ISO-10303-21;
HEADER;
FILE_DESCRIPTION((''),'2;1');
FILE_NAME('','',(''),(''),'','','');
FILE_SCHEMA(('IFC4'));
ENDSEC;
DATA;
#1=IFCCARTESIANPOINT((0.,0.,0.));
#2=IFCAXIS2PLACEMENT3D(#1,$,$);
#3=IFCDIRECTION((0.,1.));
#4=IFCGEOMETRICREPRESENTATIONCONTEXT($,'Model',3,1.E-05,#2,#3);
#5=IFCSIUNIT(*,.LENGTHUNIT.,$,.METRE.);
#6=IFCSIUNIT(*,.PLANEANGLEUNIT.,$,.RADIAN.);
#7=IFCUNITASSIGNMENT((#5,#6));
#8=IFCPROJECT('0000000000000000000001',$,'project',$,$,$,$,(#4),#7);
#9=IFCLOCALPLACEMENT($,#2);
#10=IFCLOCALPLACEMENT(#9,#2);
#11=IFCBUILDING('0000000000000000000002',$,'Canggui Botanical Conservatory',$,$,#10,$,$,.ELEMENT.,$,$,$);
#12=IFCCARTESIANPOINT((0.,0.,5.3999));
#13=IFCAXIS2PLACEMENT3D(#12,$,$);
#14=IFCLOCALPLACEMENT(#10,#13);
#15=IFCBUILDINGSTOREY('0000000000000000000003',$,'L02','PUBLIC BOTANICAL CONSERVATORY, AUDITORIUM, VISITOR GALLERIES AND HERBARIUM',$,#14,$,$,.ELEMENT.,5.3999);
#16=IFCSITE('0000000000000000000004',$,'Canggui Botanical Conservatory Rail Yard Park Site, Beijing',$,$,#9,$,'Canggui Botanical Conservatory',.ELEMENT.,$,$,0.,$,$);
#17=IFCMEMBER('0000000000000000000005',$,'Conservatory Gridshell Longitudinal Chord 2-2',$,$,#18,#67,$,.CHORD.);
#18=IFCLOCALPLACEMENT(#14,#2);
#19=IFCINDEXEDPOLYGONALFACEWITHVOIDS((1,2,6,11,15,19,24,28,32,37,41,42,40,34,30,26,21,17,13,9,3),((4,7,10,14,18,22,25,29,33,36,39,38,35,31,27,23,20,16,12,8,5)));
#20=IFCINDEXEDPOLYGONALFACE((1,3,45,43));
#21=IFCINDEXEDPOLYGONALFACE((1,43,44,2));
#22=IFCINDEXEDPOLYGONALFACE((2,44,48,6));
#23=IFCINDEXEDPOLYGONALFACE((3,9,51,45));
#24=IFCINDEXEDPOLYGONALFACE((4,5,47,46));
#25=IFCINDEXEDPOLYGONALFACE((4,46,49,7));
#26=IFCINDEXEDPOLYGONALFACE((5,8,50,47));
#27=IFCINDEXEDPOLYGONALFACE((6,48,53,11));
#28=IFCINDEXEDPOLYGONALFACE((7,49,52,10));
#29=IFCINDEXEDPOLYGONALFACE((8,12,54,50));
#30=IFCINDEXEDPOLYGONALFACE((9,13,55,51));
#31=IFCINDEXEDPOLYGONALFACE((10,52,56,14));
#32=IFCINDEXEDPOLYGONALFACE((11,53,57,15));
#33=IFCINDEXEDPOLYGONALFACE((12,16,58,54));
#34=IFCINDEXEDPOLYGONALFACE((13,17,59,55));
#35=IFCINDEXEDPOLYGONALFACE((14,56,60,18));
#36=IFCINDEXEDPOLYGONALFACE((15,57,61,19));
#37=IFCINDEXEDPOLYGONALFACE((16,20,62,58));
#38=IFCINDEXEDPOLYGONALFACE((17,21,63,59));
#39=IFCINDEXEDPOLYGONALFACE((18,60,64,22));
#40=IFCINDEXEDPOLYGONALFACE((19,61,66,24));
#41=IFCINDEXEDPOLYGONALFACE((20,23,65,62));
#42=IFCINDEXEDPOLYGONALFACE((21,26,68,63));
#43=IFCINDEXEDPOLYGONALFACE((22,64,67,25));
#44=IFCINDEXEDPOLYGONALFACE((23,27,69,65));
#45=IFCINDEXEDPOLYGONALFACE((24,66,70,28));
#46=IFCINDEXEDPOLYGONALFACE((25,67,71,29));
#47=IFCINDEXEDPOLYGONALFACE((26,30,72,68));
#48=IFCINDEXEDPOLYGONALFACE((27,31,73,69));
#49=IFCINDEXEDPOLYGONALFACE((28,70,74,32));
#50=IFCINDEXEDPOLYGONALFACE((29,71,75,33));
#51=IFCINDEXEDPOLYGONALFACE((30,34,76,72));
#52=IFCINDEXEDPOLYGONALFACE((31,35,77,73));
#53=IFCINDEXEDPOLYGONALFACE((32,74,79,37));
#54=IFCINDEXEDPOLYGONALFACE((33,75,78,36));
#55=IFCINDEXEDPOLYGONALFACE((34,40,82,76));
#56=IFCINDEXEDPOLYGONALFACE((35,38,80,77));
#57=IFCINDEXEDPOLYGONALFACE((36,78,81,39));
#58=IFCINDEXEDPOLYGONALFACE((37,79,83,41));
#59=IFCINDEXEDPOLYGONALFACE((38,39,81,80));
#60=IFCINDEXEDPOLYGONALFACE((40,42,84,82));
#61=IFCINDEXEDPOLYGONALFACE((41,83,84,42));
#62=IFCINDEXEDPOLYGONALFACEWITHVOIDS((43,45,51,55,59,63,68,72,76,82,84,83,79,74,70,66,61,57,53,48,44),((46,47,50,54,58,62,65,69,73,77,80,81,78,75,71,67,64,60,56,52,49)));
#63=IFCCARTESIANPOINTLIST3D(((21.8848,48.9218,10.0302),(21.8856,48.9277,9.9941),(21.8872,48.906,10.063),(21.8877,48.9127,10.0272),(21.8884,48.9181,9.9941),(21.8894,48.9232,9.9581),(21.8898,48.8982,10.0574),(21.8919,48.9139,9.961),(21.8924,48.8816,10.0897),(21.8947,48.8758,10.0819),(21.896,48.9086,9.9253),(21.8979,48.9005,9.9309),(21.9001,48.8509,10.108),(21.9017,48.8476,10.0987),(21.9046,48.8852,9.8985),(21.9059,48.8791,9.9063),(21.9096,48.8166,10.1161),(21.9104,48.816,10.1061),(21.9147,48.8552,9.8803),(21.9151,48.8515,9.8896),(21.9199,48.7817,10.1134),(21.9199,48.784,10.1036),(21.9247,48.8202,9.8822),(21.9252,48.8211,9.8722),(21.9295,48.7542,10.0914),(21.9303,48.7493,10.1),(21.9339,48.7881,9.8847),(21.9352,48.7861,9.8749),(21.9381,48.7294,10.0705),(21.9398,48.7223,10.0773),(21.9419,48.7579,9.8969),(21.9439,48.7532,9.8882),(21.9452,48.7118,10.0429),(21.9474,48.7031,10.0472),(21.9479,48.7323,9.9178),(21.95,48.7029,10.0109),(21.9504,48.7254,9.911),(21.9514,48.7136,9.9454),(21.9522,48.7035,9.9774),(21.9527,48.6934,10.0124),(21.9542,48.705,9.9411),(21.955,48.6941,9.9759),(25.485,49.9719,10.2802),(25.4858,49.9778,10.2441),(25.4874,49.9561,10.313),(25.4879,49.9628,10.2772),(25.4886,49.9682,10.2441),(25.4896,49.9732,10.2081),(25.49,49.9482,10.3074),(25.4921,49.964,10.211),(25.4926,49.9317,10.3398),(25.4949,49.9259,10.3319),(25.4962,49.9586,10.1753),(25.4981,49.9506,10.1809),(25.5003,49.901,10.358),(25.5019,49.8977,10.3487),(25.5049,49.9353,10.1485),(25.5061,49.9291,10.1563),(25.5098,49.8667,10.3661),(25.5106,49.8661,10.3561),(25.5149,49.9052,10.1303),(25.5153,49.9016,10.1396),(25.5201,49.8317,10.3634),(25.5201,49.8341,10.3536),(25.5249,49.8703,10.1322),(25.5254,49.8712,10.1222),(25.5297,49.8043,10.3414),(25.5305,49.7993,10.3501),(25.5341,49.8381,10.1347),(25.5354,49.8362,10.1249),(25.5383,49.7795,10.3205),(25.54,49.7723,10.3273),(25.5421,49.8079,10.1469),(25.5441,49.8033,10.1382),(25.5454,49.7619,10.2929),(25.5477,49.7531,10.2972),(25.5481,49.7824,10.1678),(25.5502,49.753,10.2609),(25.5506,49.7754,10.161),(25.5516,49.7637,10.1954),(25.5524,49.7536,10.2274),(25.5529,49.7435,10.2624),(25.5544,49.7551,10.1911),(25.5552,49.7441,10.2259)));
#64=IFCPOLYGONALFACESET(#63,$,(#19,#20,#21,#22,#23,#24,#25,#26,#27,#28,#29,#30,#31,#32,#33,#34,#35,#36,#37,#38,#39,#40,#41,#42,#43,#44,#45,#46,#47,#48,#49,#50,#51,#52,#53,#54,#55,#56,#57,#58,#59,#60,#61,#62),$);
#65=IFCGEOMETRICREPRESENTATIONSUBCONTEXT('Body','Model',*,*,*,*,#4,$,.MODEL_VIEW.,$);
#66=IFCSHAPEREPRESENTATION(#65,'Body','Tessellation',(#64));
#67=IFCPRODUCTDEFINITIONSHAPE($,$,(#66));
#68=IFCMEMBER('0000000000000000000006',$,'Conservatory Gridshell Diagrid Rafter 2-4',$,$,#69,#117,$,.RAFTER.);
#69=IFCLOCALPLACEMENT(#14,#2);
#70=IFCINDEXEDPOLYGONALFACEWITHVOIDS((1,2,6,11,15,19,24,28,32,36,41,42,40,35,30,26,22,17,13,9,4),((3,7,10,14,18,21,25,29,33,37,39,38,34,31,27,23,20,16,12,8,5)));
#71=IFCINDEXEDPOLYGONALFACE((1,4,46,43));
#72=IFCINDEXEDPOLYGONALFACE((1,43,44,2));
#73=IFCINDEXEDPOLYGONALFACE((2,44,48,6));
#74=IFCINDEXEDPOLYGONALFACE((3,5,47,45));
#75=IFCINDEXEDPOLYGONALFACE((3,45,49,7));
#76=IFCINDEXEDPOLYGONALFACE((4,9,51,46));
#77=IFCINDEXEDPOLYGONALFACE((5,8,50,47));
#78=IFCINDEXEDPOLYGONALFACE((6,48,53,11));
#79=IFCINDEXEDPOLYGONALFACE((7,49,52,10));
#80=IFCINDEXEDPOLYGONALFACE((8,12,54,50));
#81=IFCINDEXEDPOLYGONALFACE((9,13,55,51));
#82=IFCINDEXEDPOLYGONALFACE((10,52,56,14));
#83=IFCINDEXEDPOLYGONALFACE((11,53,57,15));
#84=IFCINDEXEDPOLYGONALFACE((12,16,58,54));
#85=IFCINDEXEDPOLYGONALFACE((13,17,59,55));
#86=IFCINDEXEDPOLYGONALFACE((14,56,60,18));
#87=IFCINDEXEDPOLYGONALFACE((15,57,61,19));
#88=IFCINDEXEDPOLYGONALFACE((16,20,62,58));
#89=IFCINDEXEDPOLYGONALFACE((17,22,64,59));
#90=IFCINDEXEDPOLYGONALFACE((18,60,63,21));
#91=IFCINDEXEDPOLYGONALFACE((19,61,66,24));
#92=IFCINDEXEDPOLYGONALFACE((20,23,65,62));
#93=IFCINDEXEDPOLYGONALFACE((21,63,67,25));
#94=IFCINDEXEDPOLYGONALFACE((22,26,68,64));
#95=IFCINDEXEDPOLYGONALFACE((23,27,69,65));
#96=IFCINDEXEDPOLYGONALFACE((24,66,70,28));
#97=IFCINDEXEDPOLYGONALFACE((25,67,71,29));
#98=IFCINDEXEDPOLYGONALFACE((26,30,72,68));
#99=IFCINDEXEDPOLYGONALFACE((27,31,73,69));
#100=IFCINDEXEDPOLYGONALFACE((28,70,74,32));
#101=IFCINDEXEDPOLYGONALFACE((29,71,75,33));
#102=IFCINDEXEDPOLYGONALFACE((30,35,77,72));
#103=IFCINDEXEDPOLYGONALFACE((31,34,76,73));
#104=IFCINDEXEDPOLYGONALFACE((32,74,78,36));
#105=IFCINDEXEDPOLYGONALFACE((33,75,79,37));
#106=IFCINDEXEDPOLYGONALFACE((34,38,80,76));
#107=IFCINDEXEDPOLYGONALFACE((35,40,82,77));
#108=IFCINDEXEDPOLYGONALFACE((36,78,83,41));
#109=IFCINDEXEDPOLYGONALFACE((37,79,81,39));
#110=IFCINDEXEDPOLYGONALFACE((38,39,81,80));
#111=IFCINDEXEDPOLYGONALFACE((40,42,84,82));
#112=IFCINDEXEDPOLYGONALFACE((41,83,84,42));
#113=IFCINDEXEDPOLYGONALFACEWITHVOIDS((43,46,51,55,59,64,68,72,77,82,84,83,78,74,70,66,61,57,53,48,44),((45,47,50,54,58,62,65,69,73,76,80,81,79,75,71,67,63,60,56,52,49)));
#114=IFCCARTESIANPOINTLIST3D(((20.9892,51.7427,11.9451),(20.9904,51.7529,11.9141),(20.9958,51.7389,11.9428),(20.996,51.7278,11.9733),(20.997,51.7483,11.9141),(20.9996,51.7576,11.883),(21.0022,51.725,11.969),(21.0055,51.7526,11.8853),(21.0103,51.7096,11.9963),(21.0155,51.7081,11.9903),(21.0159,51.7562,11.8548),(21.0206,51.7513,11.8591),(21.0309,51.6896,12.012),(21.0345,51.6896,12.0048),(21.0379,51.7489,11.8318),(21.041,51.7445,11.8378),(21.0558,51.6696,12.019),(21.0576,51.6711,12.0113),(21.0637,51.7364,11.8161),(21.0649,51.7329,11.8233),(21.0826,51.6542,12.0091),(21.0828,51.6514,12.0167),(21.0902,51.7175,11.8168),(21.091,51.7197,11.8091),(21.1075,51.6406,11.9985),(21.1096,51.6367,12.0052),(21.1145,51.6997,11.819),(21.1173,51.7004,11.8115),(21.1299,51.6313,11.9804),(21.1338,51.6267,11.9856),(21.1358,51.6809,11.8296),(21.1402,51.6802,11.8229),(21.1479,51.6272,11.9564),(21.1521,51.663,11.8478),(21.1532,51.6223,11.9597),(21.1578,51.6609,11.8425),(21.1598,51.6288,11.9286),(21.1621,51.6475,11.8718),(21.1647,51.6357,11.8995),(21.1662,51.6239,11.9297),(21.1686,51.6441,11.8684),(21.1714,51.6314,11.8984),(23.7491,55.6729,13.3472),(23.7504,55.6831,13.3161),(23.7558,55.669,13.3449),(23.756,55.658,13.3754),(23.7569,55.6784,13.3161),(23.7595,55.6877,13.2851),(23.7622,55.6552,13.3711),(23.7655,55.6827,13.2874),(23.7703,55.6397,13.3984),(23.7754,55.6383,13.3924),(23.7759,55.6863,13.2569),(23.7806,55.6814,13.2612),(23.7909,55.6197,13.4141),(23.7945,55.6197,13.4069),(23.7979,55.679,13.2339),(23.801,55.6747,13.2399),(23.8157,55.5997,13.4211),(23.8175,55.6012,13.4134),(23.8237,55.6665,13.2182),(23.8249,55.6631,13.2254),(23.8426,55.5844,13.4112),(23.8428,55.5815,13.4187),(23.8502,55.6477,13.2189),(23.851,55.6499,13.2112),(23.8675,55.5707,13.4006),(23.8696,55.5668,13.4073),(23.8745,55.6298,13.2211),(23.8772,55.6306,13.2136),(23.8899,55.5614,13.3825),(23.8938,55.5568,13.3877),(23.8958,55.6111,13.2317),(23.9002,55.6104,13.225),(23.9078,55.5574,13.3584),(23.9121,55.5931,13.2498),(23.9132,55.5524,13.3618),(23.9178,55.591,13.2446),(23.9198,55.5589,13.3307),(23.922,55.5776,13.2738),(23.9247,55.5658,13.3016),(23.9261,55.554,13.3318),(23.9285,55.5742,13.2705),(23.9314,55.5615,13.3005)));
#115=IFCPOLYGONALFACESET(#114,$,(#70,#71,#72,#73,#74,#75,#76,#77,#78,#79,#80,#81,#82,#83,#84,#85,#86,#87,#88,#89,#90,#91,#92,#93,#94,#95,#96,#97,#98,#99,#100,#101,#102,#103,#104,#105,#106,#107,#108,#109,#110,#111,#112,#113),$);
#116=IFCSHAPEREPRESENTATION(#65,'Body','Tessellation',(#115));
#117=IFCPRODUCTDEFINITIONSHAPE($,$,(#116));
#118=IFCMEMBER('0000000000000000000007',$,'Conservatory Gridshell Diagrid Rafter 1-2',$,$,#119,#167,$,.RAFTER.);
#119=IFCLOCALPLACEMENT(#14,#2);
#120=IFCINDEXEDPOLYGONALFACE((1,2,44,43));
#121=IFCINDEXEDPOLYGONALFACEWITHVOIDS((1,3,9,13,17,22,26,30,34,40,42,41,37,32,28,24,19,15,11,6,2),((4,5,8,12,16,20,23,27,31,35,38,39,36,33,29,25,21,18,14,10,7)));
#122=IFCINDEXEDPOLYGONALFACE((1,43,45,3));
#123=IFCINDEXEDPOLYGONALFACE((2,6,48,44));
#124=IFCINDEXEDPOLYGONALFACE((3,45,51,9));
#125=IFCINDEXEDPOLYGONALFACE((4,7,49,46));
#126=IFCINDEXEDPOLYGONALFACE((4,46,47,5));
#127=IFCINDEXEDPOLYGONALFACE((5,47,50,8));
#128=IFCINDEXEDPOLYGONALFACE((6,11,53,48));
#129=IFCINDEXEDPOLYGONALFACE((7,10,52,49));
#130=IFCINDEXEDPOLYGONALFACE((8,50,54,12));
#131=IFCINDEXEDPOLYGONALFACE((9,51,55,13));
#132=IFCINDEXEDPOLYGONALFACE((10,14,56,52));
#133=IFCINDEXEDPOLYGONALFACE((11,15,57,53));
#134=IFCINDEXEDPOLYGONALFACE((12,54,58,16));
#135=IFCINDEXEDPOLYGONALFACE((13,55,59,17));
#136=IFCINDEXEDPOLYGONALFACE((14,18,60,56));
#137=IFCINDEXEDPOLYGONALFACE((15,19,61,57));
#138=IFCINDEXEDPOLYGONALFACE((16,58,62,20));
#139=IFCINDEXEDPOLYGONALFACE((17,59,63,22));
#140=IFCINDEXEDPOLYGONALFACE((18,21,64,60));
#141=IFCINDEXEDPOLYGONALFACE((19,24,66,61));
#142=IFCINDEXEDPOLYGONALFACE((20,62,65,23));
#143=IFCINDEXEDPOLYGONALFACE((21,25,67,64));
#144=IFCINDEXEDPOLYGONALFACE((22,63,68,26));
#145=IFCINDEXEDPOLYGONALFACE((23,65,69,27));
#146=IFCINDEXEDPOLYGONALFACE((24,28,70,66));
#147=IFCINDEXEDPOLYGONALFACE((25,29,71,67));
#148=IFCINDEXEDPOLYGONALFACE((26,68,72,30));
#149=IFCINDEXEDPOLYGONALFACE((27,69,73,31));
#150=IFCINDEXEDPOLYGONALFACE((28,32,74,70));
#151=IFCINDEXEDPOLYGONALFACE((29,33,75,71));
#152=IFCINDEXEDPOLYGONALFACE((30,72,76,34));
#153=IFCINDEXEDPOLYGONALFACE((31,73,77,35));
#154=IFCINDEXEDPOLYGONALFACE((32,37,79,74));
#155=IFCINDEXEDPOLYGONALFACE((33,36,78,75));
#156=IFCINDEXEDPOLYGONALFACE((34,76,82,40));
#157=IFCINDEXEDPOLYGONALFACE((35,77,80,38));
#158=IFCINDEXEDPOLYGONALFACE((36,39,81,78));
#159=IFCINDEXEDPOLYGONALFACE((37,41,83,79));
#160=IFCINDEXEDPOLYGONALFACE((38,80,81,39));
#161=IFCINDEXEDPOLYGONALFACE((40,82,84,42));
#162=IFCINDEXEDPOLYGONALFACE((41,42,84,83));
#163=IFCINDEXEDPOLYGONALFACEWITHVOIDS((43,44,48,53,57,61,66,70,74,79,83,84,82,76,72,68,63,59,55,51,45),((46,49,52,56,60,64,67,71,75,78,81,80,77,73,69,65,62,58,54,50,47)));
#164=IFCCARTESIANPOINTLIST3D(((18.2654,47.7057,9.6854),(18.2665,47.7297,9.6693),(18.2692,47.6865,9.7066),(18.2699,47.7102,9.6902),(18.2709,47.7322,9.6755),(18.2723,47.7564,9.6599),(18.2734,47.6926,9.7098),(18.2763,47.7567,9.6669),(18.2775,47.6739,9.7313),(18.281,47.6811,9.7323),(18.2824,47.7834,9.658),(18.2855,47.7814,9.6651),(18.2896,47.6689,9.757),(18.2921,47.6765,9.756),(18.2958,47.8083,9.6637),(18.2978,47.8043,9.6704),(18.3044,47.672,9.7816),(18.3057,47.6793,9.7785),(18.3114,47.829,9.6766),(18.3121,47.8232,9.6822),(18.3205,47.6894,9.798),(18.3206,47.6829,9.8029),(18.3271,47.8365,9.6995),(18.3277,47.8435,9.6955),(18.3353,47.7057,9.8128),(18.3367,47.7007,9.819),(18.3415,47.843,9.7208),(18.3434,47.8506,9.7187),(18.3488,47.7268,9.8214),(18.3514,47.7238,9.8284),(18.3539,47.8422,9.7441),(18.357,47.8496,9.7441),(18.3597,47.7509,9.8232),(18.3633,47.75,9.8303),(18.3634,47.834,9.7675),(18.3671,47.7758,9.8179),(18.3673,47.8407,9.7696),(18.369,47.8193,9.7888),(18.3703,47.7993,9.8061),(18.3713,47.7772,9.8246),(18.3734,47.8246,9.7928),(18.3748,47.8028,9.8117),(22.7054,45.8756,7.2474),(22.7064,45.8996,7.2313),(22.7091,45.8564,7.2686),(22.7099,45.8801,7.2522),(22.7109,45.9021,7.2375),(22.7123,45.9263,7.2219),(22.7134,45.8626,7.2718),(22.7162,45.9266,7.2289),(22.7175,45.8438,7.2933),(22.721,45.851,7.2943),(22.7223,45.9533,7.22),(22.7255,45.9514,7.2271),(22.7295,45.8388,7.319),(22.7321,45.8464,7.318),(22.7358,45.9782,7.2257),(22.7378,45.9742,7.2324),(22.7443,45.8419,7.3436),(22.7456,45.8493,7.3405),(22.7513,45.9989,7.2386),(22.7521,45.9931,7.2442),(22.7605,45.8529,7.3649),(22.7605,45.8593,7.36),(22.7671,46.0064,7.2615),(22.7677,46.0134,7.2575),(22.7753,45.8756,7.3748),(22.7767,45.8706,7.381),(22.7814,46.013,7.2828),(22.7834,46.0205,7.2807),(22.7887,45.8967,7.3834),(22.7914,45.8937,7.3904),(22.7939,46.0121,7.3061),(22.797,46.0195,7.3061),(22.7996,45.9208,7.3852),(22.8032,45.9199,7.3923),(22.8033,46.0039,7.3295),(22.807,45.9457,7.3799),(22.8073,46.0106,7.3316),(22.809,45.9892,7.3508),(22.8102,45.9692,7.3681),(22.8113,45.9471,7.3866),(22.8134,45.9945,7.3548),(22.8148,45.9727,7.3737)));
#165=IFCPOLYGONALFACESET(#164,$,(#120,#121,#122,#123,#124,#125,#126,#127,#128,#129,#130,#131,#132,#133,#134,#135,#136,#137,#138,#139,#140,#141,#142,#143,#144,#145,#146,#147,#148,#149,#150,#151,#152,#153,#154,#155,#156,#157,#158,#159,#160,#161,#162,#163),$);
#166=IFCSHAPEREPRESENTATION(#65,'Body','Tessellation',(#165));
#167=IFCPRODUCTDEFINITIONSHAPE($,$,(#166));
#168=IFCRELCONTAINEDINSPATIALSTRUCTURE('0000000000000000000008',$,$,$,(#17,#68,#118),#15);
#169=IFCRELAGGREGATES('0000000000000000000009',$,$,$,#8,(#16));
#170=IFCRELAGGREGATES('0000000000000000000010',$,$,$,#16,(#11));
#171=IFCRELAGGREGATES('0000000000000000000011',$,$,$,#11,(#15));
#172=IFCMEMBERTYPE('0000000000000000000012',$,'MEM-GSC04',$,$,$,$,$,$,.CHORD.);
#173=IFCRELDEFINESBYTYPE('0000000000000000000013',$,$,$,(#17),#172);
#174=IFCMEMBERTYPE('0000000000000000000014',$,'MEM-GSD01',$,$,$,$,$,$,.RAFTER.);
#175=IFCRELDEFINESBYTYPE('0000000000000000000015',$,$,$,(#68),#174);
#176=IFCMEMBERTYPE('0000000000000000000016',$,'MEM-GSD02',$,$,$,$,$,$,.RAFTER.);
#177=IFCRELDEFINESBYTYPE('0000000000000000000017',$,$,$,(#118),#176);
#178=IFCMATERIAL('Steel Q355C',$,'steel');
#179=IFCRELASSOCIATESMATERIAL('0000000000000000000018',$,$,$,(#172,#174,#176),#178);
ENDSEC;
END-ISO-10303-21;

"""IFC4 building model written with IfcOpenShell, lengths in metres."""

from ifc_helpers import new_model, si_unit, direction, frame, origin, origin_2d, place, context, subcontext, project, spatial, hollow_circle, extrude, material, material_profile, profile_set, type_object, element, save


model = new_model("IFC4")

# Units and contexts
model_context = context("Model", 3, precision=1e-05, world=origin(), true_north=direction((0.0, 1.0)))
body_context = subcontext(model_context, "Body", "Model", "MODEL_VIEW")
ifc_project = project(units=[si_unit("LENGTHUNIT", "METRE"), si_unit("PLANEANGLEUNIT", "RADIAN")], contexts=[model_context])

# Site, building, storey
site_placement = place(None, origin())
site = spatial("IfcSite", under=ifc_project, at=site_placement, Name="Canggui Botanical Conservatory Rail Yard Park Site, Beijing", LongName="Canggui Botanical Conservatory", CompositionType="ELEMENT", RefElevation=0.0)
building_placement = place(site_placement, origin())
building = spatial("IfcBuilding", under=site, at=building_placement, Name="Canggui Botanical Conservatory", CompositionType="ELEMENT")
storey_placement = place(building_placement, frame((0.0, 0.0, 5.3999)))
storey = spatial("IfcBuildingStorey", under=building, at=storey_placement, Name="L02", Description="PUBLIC BOTANICAL CONSERVATORY, AUDITORIUM, VISITOR GALLERIES AND HERBARIUM", CompositionType="ELEMENT", Elevation=5.3999)

# Shared definitions
ifc_material_1 = material(Name="Steel Q355C", Category="steel")

# Members
ifc_material_profile_1 = material_profile(ifc_material_1, hollow_circle(Radius=0.1226, WallThickness=0.01, at=origin_2d()), Name="CHS 245x10")
ifc_profile_set_1 = profile_set([ifc_material_profile_1], Name="Steel Q355C")
member_type_1 = type_object("IfcMemberType", Name="MEM-GSC04", PredefinedType="CHORD", material=ifc_profile_set_1)
member_1_placement = place(storey_placement, frame((21.9199, 48.8101, 9.9941), z_axis=(0.957872, 0.279385, 0.066517), x_axis=(-0.280005, 0.959999, 0.0)))
element("IfcMember", 1, at=member_1_placement, inside=storey, type_object=member_type_1, Name="Conservatory Gridshell Longitudinal Chord 2-2", PredefinedType="CHORD", context=body_context, shape_type="SweptSolid", body=[
    extrude(hollow_circle(Radius=0.1226, WallThickness=0.01, at=origin_2d()), origin(), (0.0, 0.0, 1.0), 3.7585),
])
ifc_material_profile_2 = material_profile(ifc_material_1, hollow_circle(Radius=0.1096, WallThickness=0.0081, at=origin_2d()), Name="CHS 219x8")
ifc_profile_set_2 = profile_set([ifc_material_profile_2], Name="Steel Q355C")
member_type_2 = type_object("IfcMemberType", Name="MEM-GSD01", PredefinedType="RAFTER", material=ifc_profile_set_2)
member_2_placement = place(storey_placement, frame((21.0801, 51.6899, 11.9141), z_axis=(0.551673, 0.785567, 0.280253), x_axis=(-0.818362, 0.574704, 0.0)))
element("IfcMember", 2, at=member_2_placement, inside=storey, type_object=member_type_2, Name="Conservatory Gridshell Diagrid Rafter 2-4", PredefinedType="RAFTER", context=body_context, shape_type="SweptSolid", body=[
    extrude(hollow_circle(Radius=0.1096, WallThickness=0.0081, at=origin_2d()), origin(), (0.0, 0.0, 1.0), 5.0029),
])
ifc_material_profile_3 = material_profile(ifc_material_1, hollow_circle(Radius=0.0969, WallThickness=0.0081, at=origin_2d()), Name="CHS 194x8")
ifc_profile_set_3 = profile_set([ifc_material_profile_3], Name="Steel Q355C")
member_type_3 = type_object("IfcMemberType", Name="MEM-GSD02", PredefinedType="RAFTER", material=ifc_profile_set_3)
member_3_placement = place(storey_placement, frame((18.3201, 47.76, 9.7441), z_axis=(0.82439, -0.339802, -0.452676), x_axis=(0.381082, 0.924541, 0.0)))
element("IfcMember", 3, at=member_3_placement, inside=storey, type_object=member_type_3, Name="Conservatory Gridshell Diagrid Rafter 1-2", PredefinedType="RAFTER", context=body_context, shape_type="SweptSolid", body=[
    extrude(hollow_circle(Radius=0.0969, WallThickness=0.0081, at=origin_2d()), origin(), (0.0, 0.0, 1.0), 5.3857),
])

save(model, "model.ifc")
